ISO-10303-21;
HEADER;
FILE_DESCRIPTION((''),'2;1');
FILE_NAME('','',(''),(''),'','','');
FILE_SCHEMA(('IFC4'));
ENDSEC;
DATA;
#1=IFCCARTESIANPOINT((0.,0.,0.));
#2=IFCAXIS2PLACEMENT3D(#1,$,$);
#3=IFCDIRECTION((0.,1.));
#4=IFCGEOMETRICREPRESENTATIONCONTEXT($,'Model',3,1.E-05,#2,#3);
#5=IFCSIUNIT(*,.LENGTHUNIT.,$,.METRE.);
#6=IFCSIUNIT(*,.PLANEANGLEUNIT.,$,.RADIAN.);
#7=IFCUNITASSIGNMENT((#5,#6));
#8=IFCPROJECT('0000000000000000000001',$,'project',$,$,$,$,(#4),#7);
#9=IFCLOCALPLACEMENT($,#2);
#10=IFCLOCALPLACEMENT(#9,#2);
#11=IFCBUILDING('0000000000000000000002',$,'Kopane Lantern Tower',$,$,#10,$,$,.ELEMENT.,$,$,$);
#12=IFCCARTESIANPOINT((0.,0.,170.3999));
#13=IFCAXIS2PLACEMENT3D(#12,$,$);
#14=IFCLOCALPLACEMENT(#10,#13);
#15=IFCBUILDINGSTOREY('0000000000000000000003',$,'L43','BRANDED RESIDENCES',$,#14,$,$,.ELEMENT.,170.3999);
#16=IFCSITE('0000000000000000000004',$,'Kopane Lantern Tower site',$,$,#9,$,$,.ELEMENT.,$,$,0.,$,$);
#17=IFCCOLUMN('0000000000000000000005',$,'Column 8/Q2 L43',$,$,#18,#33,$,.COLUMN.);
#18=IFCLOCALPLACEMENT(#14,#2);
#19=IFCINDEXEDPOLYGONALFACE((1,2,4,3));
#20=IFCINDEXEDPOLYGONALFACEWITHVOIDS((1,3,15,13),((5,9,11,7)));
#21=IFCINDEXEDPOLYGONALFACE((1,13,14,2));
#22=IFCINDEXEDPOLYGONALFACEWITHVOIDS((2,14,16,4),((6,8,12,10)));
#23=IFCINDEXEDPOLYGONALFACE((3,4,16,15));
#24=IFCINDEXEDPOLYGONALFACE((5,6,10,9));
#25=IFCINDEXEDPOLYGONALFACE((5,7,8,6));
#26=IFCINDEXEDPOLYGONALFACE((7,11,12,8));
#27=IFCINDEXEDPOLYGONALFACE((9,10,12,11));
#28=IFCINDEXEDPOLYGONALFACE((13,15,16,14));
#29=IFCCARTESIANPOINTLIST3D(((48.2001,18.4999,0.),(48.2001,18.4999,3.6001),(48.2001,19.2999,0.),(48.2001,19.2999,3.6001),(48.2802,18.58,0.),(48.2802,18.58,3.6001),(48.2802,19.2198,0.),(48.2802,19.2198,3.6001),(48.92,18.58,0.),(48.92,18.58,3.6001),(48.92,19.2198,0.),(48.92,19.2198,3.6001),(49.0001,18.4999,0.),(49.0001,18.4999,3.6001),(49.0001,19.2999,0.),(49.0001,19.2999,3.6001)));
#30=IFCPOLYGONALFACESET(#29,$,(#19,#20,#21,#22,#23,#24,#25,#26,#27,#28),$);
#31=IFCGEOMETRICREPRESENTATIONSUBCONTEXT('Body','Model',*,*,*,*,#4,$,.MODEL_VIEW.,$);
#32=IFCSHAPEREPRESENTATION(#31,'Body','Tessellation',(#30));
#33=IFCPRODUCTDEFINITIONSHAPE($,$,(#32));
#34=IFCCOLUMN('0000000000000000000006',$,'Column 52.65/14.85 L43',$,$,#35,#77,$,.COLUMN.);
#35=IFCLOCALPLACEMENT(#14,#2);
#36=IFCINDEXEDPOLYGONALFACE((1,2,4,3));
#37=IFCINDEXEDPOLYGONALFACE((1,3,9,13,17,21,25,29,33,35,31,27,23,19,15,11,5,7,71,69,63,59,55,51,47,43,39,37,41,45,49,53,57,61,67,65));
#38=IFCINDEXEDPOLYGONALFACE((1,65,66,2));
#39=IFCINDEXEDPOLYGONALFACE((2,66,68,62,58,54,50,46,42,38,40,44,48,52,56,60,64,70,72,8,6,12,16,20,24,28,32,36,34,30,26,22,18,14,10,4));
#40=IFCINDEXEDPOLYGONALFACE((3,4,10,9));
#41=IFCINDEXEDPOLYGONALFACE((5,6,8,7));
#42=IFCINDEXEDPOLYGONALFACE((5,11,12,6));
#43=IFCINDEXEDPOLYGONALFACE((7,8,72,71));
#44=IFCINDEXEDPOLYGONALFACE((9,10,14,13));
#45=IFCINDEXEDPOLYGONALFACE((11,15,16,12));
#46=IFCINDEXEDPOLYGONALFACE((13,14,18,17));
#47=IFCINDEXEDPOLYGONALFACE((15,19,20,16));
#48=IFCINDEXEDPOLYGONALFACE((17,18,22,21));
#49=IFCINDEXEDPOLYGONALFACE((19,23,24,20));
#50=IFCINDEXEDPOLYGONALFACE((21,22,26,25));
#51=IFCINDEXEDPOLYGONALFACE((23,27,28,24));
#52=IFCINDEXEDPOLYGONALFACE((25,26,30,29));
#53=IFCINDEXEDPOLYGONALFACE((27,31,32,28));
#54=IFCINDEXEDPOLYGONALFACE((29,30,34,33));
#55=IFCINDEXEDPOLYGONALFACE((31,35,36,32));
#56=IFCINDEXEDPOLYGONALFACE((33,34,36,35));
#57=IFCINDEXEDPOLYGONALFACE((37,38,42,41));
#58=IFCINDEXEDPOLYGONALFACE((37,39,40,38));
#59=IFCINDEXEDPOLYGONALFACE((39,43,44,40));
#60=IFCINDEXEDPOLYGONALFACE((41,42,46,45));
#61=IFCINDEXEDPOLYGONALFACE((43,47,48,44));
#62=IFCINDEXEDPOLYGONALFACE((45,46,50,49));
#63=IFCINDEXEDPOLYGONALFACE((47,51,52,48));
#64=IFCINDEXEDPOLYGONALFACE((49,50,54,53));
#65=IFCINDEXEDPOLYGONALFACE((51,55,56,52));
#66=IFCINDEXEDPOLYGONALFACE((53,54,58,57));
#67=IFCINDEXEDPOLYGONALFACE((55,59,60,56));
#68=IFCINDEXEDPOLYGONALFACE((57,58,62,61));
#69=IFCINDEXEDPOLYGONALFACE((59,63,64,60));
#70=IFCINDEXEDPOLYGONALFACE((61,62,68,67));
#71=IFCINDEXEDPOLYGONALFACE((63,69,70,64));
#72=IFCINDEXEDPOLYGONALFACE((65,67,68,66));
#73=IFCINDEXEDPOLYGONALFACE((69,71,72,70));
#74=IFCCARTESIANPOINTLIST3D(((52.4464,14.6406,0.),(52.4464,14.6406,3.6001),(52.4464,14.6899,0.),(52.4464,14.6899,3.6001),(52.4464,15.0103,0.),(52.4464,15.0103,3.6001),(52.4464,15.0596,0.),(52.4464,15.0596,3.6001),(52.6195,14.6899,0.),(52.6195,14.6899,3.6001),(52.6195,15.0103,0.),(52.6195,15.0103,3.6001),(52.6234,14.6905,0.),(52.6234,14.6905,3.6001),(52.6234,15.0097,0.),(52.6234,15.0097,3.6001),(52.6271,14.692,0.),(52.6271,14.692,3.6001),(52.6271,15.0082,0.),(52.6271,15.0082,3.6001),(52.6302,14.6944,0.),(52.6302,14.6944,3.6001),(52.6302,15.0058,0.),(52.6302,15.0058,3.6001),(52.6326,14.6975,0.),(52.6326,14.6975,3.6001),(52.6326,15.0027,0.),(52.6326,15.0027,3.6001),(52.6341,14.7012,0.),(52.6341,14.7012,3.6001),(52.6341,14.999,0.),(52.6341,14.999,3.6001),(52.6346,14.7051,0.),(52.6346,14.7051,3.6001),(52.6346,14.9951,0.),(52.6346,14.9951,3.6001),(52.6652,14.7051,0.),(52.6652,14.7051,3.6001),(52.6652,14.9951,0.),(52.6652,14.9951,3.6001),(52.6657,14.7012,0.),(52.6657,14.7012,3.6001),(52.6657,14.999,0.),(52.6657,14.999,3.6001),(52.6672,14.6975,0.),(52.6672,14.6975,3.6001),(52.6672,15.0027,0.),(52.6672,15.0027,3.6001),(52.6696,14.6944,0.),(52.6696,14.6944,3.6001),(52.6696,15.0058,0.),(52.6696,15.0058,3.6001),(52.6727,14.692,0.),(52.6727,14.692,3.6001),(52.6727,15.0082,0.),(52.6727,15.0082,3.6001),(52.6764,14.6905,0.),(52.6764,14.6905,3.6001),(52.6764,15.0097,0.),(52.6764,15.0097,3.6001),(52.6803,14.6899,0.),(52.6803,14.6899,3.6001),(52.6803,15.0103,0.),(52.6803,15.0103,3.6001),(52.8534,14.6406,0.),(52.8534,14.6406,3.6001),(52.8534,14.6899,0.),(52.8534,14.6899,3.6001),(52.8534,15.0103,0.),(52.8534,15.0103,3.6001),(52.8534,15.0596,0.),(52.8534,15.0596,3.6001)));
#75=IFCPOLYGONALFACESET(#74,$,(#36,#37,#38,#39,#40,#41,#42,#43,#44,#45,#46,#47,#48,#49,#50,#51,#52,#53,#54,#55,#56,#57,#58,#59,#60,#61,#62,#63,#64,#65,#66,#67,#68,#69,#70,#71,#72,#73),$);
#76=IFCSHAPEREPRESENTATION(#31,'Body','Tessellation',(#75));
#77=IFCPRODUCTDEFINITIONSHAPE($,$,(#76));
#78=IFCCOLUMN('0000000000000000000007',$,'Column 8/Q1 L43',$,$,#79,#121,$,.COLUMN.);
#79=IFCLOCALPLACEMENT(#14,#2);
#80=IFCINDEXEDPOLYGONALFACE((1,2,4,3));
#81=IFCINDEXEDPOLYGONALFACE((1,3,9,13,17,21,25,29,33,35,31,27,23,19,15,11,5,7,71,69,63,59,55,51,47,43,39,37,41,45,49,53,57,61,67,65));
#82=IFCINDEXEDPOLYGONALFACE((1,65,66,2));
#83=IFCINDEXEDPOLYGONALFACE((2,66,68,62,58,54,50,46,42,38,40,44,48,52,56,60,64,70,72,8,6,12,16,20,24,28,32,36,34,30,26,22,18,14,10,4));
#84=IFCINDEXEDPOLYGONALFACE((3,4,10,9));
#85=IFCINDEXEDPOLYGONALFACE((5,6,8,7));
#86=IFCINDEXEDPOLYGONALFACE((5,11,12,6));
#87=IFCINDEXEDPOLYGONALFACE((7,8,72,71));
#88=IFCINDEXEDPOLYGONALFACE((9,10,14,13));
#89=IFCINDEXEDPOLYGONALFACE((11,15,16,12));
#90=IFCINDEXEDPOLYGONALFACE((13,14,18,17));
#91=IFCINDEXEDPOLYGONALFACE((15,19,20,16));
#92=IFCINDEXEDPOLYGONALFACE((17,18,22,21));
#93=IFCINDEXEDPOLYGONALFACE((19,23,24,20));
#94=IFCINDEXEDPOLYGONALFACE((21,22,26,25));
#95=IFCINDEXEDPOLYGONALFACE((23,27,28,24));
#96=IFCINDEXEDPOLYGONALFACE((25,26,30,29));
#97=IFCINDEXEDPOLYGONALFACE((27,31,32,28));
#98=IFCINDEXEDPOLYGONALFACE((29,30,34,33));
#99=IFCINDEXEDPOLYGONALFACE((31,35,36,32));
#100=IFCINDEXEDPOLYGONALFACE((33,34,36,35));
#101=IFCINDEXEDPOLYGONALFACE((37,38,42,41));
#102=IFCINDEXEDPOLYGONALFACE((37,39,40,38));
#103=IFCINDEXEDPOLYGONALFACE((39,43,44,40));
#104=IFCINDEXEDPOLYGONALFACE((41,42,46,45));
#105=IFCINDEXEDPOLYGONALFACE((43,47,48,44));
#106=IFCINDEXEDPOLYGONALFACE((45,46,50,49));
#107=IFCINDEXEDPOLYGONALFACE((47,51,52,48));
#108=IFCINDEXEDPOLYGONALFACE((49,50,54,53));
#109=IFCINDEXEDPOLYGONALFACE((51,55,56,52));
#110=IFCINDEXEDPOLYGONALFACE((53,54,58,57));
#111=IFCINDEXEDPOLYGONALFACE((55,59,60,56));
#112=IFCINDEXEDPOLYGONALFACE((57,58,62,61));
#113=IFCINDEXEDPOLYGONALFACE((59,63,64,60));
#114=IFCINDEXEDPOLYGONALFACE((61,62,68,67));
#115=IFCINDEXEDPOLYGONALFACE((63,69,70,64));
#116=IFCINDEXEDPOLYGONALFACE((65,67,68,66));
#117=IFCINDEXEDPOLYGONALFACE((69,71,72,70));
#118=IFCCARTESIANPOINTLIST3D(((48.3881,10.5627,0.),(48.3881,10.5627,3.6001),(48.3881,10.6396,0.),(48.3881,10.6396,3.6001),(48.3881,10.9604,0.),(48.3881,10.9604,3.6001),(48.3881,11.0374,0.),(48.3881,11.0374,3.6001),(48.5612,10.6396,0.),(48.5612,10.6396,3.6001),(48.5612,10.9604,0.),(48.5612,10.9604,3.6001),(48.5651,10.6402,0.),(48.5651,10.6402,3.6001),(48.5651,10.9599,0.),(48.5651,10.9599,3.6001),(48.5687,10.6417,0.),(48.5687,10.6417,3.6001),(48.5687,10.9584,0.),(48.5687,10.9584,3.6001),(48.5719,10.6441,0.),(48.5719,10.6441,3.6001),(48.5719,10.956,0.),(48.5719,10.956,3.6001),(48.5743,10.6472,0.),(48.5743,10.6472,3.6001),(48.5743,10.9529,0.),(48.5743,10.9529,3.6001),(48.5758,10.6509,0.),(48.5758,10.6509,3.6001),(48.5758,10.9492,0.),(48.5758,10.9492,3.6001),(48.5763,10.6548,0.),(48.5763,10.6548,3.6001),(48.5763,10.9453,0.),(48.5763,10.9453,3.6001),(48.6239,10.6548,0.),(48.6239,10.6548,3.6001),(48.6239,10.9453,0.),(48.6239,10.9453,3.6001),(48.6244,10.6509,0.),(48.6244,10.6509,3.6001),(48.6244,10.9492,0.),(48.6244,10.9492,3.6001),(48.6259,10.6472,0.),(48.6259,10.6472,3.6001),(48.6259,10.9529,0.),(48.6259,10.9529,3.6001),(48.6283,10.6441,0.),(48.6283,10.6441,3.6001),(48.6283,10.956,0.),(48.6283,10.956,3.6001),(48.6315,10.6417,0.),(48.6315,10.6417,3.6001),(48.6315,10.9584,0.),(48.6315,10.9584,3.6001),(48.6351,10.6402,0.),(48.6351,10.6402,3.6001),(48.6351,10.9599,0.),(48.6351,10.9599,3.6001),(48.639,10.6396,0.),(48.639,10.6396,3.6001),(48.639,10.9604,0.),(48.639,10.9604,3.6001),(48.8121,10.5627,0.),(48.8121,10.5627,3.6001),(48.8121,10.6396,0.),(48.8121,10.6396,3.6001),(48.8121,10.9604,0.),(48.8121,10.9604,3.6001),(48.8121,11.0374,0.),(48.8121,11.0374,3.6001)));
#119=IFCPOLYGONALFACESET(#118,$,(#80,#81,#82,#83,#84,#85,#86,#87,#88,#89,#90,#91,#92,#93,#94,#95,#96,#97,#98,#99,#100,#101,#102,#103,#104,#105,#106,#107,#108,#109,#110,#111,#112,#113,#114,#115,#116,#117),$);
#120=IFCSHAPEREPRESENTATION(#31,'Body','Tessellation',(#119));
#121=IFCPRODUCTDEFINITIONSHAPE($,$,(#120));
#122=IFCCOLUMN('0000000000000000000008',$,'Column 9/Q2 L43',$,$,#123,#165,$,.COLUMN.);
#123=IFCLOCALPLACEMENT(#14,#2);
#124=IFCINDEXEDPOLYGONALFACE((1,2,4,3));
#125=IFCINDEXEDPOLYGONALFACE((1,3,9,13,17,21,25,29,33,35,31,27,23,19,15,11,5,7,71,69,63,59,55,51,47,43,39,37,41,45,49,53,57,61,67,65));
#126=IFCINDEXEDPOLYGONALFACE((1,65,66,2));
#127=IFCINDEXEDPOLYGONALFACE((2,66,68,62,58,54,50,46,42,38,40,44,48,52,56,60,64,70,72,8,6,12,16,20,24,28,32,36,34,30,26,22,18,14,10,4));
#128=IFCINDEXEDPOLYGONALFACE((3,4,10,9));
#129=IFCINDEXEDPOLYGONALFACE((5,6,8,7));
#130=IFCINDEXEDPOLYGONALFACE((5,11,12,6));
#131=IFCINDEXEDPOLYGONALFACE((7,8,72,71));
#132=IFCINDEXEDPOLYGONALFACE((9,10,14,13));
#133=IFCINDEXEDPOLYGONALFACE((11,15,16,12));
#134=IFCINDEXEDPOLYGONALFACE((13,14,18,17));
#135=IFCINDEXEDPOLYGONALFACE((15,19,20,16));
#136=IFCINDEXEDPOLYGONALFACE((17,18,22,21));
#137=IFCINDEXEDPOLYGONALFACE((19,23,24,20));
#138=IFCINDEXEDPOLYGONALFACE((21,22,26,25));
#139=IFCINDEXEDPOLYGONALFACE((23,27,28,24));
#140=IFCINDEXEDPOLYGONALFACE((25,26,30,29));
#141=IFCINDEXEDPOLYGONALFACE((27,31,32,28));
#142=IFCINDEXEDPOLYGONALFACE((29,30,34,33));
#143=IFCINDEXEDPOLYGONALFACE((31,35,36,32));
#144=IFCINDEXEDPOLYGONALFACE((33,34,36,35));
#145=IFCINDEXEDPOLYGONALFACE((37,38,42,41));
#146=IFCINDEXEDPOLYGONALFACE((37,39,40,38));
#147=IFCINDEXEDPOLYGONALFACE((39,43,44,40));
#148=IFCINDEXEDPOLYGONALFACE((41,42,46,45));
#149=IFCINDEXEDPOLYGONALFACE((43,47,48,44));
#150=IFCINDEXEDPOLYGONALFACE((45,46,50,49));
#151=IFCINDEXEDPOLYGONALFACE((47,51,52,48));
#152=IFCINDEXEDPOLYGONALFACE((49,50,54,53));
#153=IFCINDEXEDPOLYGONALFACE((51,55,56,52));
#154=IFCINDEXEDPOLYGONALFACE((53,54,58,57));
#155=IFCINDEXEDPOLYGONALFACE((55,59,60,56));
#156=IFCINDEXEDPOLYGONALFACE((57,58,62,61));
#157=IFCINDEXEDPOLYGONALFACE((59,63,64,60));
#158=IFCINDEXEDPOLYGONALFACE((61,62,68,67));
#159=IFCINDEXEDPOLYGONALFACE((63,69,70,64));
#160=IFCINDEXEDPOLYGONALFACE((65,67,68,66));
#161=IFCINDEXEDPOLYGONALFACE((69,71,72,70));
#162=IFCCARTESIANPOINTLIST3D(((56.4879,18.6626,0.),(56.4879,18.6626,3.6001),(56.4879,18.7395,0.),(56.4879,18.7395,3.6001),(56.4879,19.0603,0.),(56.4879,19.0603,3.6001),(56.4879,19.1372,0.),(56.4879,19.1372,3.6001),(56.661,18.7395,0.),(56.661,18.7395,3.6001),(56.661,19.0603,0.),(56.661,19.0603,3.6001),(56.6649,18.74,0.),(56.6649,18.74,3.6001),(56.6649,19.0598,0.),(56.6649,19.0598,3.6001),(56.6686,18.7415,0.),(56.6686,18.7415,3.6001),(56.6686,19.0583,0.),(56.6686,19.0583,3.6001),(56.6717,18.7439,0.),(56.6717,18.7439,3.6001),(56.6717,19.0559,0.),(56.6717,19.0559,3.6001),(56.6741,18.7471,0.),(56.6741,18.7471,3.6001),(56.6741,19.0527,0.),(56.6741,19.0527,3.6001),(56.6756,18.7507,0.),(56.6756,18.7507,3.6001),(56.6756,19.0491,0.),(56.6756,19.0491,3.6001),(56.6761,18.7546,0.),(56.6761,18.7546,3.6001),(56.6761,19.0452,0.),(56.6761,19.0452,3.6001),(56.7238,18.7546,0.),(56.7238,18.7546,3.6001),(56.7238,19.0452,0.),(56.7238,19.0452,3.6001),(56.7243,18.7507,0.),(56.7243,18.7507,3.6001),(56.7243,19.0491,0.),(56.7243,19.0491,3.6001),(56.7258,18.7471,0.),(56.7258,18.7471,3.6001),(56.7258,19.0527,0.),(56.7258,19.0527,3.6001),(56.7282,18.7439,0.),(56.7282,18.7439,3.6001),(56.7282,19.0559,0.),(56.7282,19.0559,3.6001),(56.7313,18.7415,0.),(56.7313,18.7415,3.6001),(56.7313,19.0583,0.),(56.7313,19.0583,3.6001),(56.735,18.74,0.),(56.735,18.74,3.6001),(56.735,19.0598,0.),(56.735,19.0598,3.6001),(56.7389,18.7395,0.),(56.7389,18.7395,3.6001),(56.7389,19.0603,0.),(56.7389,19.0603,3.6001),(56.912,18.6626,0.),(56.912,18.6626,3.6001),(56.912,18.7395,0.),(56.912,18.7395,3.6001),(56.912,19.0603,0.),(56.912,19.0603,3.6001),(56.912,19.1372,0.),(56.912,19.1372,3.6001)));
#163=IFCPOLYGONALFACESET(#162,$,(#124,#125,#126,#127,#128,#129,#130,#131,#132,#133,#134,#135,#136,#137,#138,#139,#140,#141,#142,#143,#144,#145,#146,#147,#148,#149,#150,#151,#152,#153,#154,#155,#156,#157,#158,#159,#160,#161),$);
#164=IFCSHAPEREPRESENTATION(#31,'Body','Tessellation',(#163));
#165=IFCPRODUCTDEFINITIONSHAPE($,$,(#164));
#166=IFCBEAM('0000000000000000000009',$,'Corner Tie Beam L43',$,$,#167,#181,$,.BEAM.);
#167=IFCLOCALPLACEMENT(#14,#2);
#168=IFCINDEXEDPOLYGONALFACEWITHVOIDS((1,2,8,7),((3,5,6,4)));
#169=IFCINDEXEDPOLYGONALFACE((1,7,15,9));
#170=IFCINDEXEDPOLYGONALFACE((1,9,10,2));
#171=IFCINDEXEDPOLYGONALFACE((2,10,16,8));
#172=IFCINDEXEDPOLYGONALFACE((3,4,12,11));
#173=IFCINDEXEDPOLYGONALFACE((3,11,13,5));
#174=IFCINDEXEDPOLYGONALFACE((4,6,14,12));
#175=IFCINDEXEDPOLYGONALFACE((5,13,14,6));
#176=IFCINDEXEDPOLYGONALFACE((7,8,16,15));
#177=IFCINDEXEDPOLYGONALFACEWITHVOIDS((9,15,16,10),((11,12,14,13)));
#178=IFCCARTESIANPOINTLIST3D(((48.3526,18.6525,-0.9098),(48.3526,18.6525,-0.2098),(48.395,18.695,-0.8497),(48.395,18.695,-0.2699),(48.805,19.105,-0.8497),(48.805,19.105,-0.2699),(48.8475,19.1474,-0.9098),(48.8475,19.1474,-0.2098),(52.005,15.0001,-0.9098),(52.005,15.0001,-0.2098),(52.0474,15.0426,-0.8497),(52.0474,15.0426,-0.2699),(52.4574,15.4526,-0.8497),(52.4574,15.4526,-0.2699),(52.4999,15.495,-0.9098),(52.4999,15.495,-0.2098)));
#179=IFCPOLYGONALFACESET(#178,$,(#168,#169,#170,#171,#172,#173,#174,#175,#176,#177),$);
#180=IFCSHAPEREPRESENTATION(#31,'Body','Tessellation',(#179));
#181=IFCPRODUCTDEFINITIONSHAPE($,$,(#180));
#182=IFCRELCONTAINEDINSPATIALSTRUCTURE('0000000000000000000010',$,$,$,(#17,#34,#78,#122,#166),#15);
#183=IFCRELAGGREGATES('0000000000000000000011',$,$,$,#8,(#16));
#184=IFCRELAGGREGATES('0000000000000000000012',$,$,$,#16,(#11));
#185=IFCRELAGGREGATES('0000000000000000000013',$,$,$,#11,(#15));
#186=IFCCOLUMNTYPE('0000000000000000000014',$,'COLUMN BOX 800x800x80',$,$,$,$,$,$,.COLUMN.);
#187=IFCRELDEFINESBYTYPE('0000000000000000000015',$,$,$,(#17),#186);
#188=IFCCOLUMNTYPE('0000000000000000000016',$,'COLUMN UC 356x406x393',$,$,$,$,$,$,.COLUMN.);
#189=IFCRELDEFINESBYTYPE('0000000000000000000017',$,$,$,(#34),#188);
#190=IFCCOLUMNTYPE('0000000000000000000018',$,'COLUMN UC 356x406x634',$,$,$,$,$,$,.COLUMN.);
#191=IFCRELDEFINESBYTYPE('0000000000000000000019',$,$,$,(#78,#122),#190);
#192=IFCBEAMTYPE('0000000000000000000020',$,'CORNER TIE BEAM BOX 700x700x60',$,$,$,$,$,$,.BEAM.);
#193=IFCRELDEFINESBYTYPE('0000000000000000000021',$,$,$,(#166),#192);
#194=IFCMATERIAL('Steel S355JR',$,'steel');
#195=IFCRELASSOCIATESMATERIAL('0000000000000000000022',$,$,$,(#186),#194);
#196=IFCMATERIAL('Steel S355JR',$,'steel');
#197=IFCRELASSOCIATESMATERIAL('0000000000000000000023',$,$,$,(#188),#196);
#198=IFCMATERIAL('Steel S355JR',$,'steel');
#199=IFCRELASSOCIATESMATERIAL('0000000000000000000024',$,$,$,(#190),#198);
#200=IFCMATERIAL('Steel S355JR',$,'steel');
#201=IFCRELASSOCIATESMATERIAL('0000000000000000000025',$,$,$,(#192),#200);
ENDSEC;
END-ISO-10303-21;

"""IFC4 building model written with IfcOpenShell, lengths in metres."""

from ifc_helpers import new_model, si_unit, direction, frame, origin, origin_2d, place, context, subcontext, project, spatial, hollow_rectangle, i_section, extrude, material, material_profile, profile_set, type_object, element, save


model = new_model("IFC4")

# Units and contexts
model_context = context("Model", 3, precision=1e-05, world=origin(), true_north=direction((0.0, 1.0)))
body_context = subcontext(model_context, "Body", "Model", "MODEL_VIEW")
ifc_project = project(units=[si_unit("LENGTHUNIT", "METRE"), si_unit("PLANEANGLEUNIT", "RADIAN")], contexts=[model_context])

# Site, building, storey
site_placement = place(None, origin())
site = spatial("IfcSite", under=ifc_project, at=site_placement, Name="Kopane Lantern Tower site", CompositionType="ELEMENT", RefElevation=0.0)
building_placement = place(site_placement, origin())
building = spatial("IfcBuilding", under=site, at=building_placement, Name="Kopane Lantern Tower", CompositionType="ELEMENT")
storey_placement = place(building_placement, frame((0.0, 0.0, 170.3999)))
storey = spatial("IfcBuildingStorey", under=building, at=storey_placement, Name="L43", Description="BRANDED RESIDENCES", CompositionType="ELEMENT", Elevation=170.3999)

# Columns
ifc_material_1 = material(Name="Steel S355JR", Category="steel")
ifc_material_profile_1 = material_profile(ifc_material_1, hollow_rectangle(XDim=0.8, YDim=0.8, WallThickness=0.0801, at=origin_2d()), Name="BOX 800x800x80")
ifc_profile_set_1 = profile_set([ifc_material_profile_1], Name="Steel S355JR")
column_type_1 = type_object("IfcColumnType", Name="COLUMN BOX 800x800x80", PredefinedType="COLUMN", material=ifc_profile_set_1)
column_1_placement = place(storey_placement, frame((48.6001, 18.8999, 0.0), z_axis=(0.0, 0.0, 1.0), x_axis=(1.0, 0.0, 0.0)))
element("IfcColumn", 1, at=column_1_placement, inside=storey, type_object=column_type_1, Name="Column 8/Q2 L43", PredefinedType="COLUMN", context=body_context, shape_type="SweptSolid", body=[
    extrude(hollow_rectangle(XDim=0.8, YDim=0.8, WallThickness=0.0801, at=origin_2d()), origin(), (0.0, 0.0, 1.0), 3.6001),
])
ifc_material_2 = material(Name="Steel S355JR", Category="steel")
ifc_material_profile_2 = material_profile(ifc_material_2, i_section(OverallWidth=0.407, OverallDepth=0.4189, WebThickness=0.0305, FlangeThickness=0.0493, FilletRadius=0.0151, at=origin_2d()), Name="UC 356x406x393")
ifc_profile_set_2 = profile_set([ifc_material_profile_2], Name="Steel S355JR")
column_type_2 = type_object("IfcColumnType", Name="COLUMN UC 356x406x393", PredefinedType="COLUMN", material=ifc_profile_set_2)
column_2_placement = place(storey_placement, frame((52.6499, 14.8501, 0.0), z_axis=(0.0, 0.0, 1.0), x_axis=(1.0, 0.0, 0.0)))
element("IfcColumn", 2, at=column_2_placement, inside=storey, type_object=column_type_2, Name="Column 52.65/14.85 L43", PredefinedType="COLUMN", context=body_context, shape_type="SweptSolid", body=[
    extrude(i_section(OverallWidth=0.407, OverallDepth=0.4189, WebThickness=0.0305, FlangeThickness=0.0493, FilletRadius=0.0151, at=origin_2d()), origin(), (0.0, 0.0, 1.0), 3.6001),
])
ifc_material_3 = material(Name="Steel S355JR", Category="steel")
ifc_material_profile_3 = material_profile(ifc_material_3, i_section(OverallWidth=0.4241, OverallDepth=0.4746, WebThickness=0.0476, FlangeThickness=0.0769, FilletRadius=0.0151, at=origin_2d()), Name="UC 356x406x634")
ifc_profile_set_3 = profile_set([ifc_material_profile_3], Name="Steel S355JR")
column_type_3 = type_object("IfcColumnType", Name="COLUMN UC 356x406x634", PredefinedType="COLUMN", material=ifc_profile_set_3)
for number, where, z_axis, x_axis, name in (
    (3, (48.6001, 10.8, 0.0), (0.0, 0.0, 1.0), (1.0, 0.0, 0.0), "Column 8/Q1 L43"),
    (4, (56.7, 18.8999, 0.0), (0.0, 0.0, 1.0), (1.0, 0.0, 0.0), "Column 9/Q2 L43"),
):
    element("IfcColumn", number, at=place(storey_placement, frame(where, z_axis=z_axis, x_axis=x_axis)), inside=storey, type_object=column_type_3, Name=name, PredefinedType="COLUMN", context=body_context, shape_type="SweptSolid", body=[
        extrude(i_section(OverallWidth=0.4241, OverallDepth=0.4746, WebThickness=0.0476, FlangeThickness=0.0769, FilletRadius=0.0151, at=origin_2d()), origin(), (0.0, 0.0, 1.0), 3.6001),
    ])

# Beam
ifc_material_4 = material(Name="Steel S355JR", Category="steel")
ifc_material_profile_4 = material_profile(ifc_material_4, hollow_rectangle(XDim=0.7, YDim=0.7, WallThickness=0.0601, at=origin_2d()), Name="BOX 700x700x60")
ifc_profile_set_4 = profile_set([ifc_material_profile_4], Name="Steel S355JR")
beam_type_1 = type_object("IfcBeamType", Name="CORNER TIE BEAM BOX 700x700x60", PredefinedType="BEAM", material=ifc_profile_set_4)
beam_1_placement = place(storey_placement, frame((52.2524, 15.2476, -0.5598), z_axis=(-0.707107, 0.707107, 0.0), x_axis=(-0.707107, -0.707107, 0.0)))
element("IfcBeam", 5, at=beam_1_placement, inside=storey, type_object=beam_type_1, Name="Corner Tie Beam L43", PredefinedType="BEAM", context=body_context, shape_type="SweptSolid", body=[
    extrude(hollow_rectangle(XDim=0.7, YDim=0.7, WallThickness=0.0601, at=origin_2d()), origin(), (0.0, 0.0, 1.0), 5.1653),
])

save(model, "model.ifc")
